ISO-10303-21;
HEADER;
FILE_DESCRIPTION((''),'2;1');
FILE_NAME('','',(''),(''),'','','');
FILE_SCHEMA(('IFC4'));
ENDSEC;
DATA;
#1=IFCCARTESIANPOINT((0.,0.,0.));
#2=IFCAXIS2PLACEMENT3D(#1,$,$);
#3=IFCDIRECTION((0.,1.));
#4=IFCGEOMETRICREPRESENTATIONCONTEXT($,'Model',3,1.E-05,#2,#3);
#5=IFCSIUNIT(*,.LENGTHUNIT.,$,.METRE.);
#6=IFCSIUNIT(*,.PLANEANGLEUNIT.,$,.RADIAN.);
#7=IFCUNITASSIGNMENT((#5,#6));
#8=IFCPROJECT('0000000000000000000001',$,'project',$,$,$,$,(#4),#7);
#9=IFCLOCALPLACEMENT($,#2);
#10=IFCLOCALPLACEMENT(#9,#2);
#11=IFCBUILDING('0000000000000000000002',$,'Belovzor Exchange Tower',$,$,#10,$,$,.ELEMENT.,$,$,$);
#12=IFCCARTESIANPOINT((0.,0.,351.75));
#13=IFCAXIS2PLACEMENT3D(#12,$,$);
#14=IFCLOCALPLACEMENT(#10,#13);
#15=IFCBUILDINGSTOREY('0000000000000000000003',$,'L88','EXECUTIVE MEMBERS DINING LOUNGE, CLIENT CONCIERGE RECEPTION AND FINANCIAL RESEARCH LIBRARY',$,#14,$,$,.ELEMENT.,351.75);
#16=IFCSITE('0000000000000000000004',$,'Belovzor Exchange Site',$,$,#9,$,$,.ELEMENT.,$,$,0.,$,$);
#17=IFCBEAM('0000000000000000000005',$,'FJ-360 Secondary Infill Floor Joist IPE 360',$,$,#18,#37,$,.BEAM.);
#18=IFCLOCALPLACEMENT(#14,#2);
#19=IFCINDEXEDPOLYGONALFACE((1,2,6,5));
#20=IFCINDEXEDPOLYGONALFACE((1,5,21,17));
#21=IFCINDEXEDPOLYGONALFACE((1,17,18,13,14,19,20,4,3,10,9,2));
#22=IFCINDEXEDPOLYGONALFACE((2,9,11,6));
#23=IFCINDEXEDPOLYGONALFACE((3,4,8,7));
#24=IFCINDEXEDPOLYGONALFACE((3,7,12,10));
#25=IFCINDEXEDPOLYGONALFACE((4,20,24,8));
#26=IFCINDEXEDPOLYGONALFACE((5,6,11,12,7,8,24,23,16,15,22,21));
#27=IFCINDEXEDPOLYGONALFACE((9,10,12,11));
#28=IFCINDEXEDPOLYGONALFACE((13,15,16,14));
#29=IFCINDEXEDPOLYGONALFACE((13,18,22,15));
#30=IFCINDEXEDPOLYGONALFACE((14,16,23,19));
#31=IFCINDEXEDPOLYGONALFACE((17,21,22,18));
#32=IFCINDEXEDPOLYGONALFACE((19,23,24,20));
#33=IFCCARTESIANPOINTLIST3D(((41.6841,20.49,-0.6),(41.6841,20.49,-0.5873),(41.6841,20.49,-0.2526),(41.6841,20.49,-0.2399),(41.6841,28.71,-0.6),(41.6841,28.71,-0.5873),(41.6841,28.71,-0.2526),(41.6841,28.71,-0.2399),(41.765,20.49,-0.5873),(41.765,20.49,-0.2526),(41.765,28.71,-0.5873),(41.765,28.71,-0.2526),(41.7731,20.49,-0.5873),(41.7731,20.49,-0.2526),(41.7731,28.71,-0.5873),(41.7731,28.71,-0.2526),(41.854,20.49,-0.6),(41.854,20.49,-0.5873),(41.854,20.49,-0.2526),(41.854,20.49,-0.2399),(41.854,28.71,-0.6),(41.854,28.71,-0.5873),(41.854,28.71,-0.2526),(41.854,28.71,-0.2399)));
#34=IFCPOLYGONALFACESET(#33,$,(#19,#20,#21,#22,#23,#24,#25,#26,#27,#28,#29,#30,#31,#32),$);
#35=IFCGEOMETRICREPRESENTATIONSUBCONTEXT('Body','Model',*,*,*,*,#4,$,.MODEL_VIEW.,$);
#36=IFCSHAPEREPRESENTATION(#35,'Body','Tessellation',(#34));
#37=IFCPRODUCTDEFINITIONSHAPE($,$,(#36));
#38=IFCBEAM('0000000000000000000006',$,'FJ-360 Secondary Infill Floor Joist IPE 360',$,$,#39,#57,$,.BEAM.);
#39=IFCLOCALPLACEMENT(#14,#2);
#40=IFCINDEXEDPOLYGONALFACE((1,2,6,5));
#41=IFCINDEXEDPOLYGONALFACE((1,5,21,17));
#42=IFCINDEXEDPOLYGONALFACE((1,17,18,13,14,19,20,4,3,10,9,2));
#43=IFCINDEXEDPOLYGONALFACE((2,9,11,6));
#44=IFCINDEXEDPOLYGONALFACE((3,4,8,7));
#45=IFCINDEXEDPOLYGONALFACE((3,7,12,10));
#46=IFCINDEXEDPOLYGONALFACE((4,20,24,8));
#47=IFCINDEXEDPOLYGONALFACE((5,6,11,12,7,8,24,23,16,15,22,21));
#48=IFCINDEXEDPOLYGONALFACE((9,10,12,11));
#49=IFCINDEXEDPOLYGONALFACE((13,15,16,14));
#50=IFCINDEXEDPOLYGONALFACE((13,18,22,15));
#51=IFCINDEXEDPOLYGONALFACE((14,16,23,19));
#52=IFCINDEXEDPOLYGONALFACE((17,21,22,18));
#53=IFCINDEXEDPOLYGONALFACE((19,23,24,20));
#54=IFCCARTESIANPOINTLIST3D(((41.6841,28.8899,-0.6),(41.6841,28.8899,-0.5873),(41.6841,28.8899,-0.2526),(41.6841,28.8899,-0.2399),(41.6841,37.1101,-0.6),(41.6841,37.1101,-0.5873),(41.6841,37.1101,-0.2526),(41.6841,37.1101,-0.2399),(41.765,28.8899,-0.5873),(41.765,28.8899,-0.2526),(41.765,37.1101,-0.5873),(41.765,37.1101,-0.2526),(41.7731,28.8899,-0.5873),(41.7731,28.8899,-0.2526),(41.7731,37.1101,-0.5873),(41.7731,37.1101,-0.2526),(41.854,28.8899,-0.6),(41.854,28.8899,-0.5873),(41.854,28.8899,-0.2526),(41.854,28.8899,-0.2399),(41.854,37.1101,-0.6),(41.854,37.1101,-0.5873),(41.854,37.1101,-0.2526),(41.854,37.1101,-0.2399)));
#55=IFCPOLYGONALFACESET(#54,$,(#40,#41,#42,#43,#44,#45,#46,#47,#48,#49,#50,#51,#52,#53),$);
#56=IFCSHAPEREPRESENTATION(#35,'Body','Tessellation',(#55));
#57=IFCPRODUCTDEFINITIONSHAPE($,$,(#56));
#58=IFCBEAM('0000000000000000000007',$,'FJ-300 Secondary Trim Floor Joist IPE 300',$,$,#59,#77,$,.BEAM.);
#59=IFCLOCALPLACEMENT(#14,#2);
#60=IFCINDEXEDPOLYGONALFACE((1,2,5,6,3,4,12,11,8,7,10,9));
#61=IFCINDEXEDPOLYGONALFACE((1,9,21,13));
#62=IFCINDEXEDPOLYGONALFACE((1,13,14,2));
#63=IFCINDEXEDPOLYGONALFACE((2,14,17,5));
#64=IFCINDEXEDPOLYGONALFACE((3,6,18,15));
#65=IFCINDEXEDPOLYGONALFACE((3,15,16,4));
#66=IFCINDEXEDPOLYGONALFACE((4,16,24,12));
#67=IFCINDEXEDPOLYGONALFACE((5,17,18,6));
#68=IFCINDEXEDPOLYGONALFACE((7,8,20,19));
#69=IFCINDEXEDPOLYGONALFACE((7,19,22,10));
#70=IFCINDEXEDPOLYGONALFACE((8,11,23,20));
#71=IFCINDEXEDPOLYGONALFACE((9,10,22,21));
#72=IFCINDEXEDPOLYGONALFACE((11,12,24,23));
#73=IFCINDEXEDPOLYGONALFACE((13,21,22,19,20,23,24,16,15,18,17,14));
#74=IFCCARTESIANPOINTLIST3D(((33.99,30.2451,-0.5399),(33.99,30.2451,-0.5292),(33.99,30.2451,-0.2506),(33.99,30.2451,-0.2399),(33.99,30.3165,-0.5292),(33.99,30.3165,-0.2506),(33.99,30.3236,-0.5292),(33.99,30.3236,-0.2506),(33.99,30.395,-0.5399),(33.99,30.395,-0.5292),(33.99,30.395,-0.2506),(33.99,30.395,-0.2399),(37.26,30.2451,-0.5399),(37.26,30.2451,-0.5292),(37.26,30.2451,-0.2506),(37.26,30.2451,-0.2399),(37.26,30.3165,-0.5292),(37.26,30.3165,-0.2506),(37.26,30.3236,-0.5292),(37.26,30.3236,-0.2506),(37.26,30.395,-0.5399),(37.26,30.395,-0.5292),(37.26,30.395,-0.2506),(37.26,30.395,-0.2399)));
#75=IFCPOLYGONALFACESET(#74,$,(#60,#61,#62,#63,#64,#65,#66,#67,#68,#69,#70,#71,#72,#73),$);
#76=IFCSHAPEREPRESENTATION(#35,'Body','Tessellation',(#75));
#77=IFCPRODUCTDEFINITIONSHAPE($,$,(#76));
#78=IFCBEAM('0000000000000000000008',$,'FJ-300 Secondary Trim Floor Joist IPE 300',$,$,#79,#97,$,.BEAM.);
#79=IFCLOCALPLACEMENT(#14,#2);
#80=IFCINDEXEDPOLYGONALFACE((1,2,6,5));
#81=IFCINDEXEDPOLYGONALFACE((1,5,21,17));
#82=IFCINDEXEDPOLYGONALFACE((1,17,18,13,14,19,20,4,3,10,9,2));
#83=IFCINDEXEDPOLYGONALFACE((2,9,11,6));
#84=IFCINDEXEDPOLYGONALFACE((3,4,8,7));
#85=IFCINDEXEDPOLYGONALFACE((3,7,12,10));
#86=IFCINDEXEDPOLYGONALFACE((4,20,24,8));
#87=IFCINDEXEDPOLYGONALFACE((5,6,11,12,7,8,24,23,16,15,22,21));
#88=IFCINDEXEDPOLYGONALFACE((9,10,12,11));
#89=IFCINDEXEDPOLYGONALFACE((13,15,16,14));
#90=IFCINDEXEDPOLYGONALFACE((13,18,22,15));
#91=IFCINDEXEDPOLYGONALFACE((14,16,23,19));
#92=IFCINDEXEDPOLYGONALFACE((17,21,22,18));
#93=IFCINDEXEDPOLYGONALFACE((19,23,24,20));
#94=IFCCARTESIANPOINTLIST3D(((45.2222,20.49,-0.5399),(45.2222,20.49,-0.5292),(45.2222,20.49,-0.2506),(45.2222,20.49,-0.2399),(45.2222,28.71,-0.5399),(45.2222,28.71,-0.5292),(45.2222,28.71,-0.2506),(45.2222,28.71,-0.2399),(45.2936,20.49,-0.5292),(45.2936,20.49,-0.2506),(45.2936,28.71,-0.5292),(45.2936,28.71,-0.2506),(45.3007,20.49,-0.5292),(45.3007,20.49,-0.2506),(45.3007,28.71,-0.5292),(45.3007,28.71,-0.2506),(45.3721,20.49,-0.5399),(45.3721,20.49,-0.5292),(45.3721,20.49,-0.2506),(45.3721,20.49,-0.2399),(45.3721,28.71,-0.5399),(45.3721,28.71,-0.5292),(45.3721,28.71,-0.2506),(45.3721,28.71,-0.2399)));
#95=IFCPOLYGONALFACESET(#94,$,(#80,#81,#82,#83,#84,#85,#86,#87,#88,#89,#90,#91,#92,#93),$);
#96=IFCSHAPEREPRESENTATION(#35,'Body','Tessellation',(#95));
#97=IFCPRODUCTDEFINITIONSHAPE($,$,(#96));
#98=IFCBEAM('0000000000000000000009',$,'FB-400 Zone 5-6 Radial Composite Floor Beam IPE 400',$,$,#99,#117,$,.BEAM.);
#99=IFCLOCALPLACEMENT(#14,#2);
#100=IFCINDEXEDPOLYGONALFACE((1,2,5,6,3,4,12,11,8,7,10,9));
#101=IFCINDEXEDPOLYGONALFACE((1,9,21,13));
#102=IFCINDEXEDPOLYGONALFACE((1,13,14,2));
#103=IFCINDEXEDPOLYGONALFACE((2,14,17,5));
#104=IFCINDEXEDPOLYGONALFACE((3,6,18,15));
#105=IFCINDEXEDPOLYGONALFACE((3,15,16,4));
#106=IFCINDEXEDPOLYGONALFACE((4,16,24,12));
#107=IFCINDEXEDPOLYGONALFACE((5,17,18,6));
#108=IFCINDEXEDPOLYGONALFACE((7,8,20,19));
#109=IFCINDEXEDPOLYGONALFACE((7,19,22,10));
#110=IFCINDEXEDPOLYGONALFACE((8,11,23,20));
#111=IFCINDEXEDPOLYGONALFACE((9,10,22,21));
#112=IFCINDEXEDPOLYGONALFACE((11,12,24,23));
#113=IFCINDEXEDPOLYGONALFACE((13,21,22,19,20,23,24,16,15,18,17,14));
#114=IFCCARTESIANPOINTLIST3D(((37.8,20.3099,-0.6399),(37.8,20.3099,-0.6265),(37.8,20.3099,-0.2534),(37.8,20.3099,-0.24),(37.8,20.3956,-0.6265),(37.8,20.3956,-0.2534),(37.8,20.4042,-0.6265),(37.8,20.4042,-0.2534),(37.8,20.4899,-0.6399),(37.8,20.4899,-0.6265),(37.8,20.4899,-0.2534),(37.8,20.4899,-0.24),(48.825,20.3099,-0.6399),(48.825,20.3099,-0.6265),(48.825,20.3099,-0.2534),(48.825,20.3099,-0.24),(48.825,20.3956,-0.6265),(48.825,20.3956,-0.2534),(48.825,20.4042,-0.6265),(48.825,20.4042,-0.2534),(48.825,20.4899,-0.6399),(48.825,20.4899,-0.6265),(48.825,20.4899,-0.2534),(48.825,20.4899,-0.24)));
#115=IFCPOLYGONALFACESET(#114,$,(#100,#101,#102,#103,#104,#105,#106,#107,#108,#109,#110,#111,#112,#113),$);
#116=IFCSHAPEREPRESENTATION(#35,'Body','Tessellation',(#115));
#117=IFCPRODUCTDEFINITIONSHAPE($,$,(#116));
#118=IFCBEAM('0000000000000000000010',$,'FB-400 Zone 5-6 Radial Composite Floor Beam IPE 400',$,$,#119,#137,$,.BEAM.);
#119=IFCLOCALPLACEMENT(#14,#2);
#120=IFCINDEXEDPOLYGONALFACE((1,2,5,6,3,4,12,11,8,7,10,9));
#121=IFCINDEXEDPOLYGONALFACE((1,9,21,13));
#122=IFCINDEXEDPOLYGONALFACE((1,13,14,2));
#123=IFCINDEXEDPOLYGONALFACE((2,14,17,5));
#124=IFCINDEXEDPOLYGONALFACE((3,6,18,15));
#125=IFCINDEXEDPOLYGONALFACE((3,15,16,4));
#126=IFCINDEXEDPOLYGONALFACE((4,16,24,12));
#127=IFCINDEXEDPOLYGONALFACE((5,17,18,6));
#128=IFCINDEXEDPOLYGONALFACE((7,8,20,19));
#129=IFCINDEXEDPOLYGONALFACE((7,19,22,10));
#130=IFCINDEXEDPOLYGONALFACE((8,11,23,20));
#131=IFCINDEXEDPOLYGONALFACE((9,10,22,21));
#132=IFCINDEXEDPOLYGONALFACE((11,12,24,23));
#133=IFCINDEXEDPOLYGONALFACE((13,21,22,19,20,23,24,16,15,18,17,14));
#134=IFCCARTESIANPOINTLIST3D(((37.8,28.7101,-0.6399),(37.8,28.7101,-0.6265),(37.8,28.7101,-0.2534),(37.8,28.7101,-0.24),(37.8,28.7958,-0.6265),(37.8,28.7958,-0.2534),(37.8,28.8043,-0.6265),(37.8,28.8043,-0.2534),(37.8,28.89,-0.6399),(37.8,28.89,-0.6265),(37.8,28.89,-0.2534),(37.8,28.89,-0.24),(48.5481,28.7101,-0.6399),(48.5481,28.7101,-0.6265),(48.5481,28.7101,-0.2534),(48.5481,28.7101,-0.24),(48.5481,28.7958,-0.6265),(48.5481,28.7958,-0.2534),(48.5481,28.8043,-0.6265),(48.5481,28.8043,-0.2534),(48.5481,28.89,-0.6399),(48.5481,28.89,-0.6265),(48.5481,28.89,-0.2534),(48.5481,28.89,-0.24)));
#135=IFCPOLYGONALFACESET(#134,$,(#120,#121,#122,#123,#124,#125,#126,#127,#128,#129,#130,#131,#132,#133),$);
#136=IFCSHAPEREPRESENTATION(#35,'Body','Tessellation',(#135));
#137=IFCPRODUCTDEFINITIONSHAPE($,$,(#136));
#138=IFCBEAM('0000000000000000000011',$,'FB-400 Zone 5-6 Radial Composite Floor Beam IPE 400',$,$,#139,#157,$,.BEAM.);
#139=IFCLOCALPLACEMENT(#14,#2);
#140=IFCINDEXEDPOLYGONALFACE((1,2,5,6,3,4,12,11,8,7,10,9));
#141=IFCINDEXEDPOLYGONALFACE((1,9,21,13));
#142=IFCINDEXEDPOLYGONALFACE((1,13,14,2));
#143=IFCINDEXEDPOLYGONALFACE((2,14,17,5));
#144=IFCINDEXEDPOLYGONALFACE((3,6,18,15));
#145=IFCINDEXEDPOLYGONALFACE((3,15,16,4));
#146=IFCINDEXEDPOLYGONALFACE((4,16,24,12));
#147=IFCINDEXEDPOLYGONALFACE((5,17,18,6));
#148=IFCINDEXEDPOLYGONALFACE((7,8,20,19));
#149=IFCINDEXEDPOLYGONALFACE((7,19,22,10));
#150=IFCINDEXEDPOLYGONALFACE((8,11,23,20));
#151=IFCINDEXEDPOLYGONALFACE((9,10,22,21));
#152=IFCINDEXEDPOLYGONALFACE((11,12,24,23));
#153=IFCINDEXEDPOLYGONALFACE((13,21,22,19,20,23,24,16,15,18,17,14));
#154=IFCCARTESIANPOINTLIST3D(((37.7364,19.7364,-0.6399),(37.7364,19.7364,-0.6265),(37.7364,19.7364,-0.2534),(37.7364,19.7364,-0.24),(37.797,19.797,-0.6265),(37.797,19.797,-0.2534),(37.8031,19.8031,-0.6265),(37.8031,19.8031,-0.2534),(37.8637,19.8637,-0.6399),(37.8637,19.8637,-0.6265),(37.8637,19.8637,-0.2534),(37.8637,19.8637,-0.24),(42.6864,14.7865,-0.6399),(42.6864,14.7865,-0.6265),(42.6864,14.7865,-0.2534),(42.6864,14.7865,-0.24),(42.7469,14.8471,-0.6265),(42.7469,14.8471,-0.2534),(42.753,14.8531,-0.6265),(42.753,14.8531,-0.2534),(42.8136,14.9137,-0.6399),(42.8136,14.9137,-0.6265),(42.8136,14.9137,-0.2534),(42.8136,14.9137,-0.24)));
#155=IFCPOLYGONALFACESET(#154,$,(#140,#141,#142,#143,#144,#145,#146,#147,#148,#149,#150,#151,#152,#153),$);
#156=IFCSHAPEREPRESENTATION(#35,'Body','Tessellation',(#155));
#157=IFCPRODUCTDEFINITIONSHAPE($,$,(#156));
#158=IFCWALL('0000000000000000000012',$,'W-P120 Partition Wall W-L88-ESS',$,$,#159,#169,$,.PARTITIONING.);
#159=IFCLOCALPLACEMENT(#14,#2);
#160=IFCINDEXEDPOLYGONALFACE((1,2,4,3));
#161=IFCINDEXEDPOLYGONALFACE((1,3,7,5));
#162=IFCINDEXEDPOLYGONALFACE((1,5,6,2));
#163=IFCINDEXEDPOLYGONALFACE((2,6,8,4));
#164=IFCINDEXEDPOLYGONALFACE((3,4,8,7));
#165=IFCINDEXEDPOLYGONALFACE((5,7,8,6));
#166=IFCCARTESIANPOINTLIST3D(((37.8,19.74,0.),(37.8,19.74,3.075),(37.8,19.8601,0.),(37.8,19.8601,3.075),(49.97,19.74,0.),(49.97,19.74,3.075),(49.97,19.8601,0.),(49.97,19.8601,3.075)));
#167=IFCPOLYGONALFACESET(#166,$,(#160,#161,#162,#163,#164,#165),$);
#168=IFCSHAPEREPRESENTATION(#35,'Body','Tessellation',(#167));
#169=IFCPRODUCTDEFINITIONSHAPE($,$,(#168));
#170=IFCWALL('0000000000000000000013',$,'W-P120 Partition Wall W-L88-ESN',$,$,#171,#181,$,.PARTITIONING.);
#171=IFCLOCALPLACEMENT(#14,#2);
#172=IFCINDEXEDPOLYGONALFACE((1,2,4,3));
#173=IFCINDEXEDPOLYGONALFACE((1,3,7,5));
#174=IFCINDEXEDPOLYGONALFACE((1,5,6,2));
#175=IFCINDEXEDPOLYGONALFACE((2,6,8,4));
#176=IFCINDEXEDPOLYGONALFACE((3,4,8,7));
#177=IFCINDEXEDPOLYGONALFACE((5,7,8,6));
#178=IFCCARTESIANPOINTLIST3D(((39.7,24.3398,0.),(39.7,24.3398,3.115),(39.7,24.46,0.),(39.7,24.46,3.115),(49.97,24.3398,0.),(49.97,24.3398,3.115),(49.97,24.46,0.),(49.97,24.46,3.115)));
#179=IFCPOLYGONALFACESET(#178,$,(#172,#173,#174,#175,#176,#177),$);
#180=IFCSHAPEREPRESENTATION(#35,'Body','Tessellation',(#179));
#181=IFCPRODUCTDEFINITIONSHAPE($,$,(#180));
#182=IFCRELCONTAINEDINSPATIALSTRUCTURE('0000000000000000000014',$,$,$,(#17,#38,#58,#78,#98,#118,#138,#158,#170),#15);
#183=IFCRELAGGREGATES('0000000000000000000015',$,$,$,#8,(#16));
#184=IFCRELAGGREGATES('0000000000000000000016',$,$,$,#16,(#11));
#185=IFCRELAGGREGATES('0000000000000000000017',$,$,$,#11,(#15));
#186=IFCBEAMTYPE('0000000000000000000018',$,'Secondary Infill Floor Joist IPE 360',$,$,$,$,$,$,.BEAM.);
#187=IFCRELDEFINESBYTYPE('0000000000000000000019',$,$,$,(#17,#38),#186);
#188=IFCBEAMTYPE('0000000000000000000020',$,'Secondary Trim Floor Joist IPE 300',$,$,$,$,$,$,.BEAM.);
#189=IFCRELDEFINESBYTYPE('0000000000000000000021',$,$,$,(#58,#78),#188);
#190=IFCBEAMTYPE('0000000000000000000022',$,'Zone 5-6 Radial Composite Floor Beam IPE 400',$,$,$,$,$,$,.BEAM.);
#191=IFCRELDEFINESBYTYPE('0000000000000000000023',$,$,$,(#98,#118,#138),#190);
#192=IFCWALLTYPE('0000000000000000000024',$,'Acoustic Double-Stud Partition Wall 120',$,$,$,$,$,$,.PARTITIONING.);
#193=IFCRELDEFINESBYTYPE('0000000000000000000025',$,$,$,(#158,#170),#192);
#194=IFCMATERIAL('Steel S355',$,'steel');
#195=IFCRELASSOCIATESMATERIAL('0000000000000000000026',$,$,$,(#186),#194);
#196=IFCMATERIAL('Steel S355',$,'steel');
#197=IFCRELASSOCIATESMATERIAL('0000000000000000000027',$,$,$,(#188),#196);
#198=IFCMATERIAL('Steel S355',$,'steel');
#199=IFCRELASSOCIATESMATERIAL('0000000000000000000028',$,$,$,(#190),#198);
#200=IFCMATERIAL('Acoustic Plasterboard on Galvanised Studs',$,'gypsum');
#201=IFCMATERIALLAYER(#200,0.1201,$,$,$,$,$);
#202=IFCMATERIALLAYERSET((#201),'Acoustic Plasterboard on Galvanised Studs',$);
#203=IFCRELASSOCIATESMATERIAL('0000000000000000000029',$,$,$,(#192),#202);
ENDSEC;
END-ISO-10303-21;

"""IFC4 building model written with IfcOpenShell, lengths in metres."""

from ifc_helpers import new_model, si_unit, direction, frame, frame_2d, origin, origin_2d, place, context, subcontext, project, spatial, rectangle, i_section, extrude, material, layer, layer_set, material_profile, profile_set, type_object, element, save


model = new_model("IFC4")

# Units and contexts
model_context = context("Model", 3, precision=1e-05, world=origin(), true_north=direction((0.0, 1.0)))
body_context = subcontext(model_context, "Body", "Model", "MODEL_VIEW")
ifc_project = project(units=[si_unit("LENGTHUNIT", "METRE"), si_unit("PLANEANGLEUNIT", "RADIAN")], contexts=[model_context])

# Site, building, storey
site_placement = place(None, origin())
site = spatial("IfcSite", under=ifc_project, at=site_placement, Name="Belovzor Exchange Site", CompositionType="ELEMENT", RefElevation=0.0)
building_placement = place(site_placement, origin())
building = spatial("IfcBuilding", under=site, at=building_placement, Name="Belovzor Exchange Tower", CompositionType="ELEMENT")
storey_placement = place(building_placement, frame((0.0, 0.0, 351.75)))
storey = spatial("IfcBuildingStorey", under=building, at=storey_placement, Name="L88", Description="EXECUTIVE MEMBERS DINING LOUNGE, CLIENT CONCIERGE RECEPTION AND FINANCIAL RESEARCH LIBRARY", CompositionType="ELEMENT", Elevation=351.75)

# Beams
ifc_material_1 = material(Name="Steel S355", Category="steel")
ifc_material_profile_1 = material_profile(ifc_material_1, i_section(OverallWidth=0.1699, OverallDepth=0.3601, WebThickness=0.0081, FlangeThickness=0.0127, at=origin_2d()))
ifc_profile_set_1 = profile_set([ifc_material_profile_1], Name="Steel S355")
beam_type_1 = type_object("IfcBeamType", Name="Secondary Infill Floor Joist IPE 360", PredefinedType="BEAM", material=ifc_profile_set_1)
beam_1_placement = place(storey_placement, frame((41.769, 20.49, -0.4199), z_axis=(0.0, 1.0, 0.0), x_axis=(-1.0, 0.0, 0.0)))
element("IfcBeam", 1, at=beam_1_placement, inside=storey, type_object=beam_type_1, Name="FJ-360 Secondary Infill Floor Joist IPE 360", PredefinedType="BEAM", context=body_context, shape_type="SweptSolid", body=[
    extrude(i_section(OverallWidth=0.1699, OverallDepth=0.3601, WebThickness=0.0081, FlangeThickness=0.0127, at=origin_2d()), origin(), (0.0, 0.0, 1.0), 8.22),
])
beam_2_placement = place(storey_placement, frame((41.769, 28.8899, -0.4199), z_axis=(0.0, 1.0, 0.0), x_axis=(-1.0, 0.0, 0.0)))
element("IfcBeam", 2, at=beam_2_placement, inside=storey, type_object=beam_type_1, Name="FJ-360 Secondary Infill Floor Joist IPE 360", PredefinedType="BEAM", context=body_context, shape_type="SweptSolid", body=[
    extrude(i_section(OverallWidth=0.1699, OverallDepth=0.3601, WebThickness=0.0081, FlangeThickness=0.0127, at=origin_2d()), origin(), (0.0, 0.0, 1.0), 8.2202),
])
ifc_material_2 = material(Name="Steel S355", Category="steel")
ifc_material_profile_2 = material_profile(ifc_material_2, i_section(OverallWidth=0.1499, OverallDepth=0.3, WebThickness=0.0071, FlangeThickness=0.0107, at=origin_2d()))
ifc_profile_set_2 = profile_set([ifc_material_profile_2], Name="Steel S355")
beam_type_2 = type_object("IfcBeamType", Name="Secondary Trim Floor Joist IPE 300", PredefinedType="BEAM", material=ifc_profile_set_2)
beam_3_placement = place(storey_placement, frame((37.26, 30.3201, -0.3899), z_axis=(-1.0, 0.0, 0.0), x_axis=(0.0, -1.0, 0.0)))
element("IfcBeam", 3, at=beam_3_placement, inside=storey, type_object=beam_type_2, Name="FJ-300 Secondary Trim Floor Joist IPE 300", PredefinedType="BEAM", context=body_context, shape_type="SweptSolid", body=[
    extrude(i_section(OverallWidth=0.1499, OverallDepth=0.3, WebThickness=0.0071, FlangeThickness=0.0107, at=origin_2d()), origin(), (0.0, 0.0, 1.0), 3.27),
])
beam_4_placement = place(storey_placement, frame((45.2971, 20.49, -0.3899), z_axis=(0.0, 1.0, 0.0), x_axis=(-1.0, 0.0, 0.0)))
element("IfcBeam", 4, at=beam_4_placement, inside=storey, type_object=beam_type_2, Name="FJ-300 Secondary Trim Floor Joist IPE 300", PredefinedType="BEAM", context=body_context, shape_type="SweptSolid", body=[
    extrude(i_section(OverallWidth=0.1499, OverallDepth=0.3, WebThickness=0.0071, FlangeThickness=0.0107, at=origin_2d()), origin(), (0.0, 0.0, 1.0), 8.22),
])
ifc_material_3 = material(Name="Steel S355", Category="steel")
ifc_material_profile_3 = material_profile(ifc_material_3, i_section(OverallWidth=0.1799, OverallDepth=0.3999, WebThickness=0.0085, FlangeThickness=0.0134, at=origin_2d()))
ifc_profile_set_3 = profile_set([ifc_material_profile_3], Name="Steel S355")
beam_type_3 = type_object("IfcBeamType", Name="Zone 5-6 Radial Composite Floor Beam IPE 400", PredefinedType="BEAM", material=ifc_profile_set_3)
beam_5_placement = place(storey_placement, frame((37.8, 20.3999, -0.4399), z_axis=(1.0, 0.0, 0.0), x_axis=(0.0, 1.0, 0.0)))
element("IfcBeam", 5, at=beam_5_placement, inside=storey, type_object=beam_type_3, Name="FB-400 Zone 5-6 Radial Composite Floor Beam IPE 400", PredefinedType="BEAM", context=body_context, shape_type="SweptSolid", body=[
    extrude(i_section(OverallWidth=0.1799, OverallDepth=0.3999, WebThickness=0.0085, FlangeThickness=0.0134, at=origin_2d()), origin(), (0.0, 0.0, 1.0), 11.0249),
])
beam_6_placement = place(storey_placement, frame((37.8, 28.8, -0.4399), z_axis=(1.0, 0.0, 0.0), x_axis=(0.0, 1.0, 0.0)))
element("IfcBeam", 6, at=beam_6_placement, inside=storey, type_object=beam_type_3, Name="FB-400 Zone 5-6 Radial Composite Floor Beam IPE 400", PredefinedType="BEAM", context=body_context, shape_type="SweptSolid", body=[
    extrude(i_section(OverallWidth=0.1799, OverallDepth=0.3999, WebThickness=0.0085, FlangeThickness=0.0134, at=origin_2d()), origin(), (0.0, 0.0, 1.0), 10.748),
])
beam_7_placement = place(storey_placement, frame((37.8, 19.8, -0.4399), z_axis=(0.707107, -0.707107, 0.0), x_axis=(0.707107, 0.707107, 0.0)))
element("IfcBeam", 7, at=beam_7_placement, inside=storey, type_object=beam_type_3, Name="FB-400 Zone 5-6 Radial Composite Floor Beam IPE 400", PredefinedType="BEAM", context=body_context, shape_type="SweptSolid", body=[
    extrude(i_section(OverallWidth=0.1799, OverallDepth=0.3999, WebThickness=0.0085, FlangeThickness=0.0134, at=origin_2d()), origin(), (0.0, 0.0, 1.0), 7.0002),
])

# Walls
ifc_material_4 = material(Name="Acoustic Plasterboard on Galvanised Studs", Category="gypsum")
ifc_layer_1 = layer(ifc_material_4, 0.1201)
ifc_layer_set_1 = layer_set([ifc_layer_1], Name="Acoustic Plasterboard on Galvanised Studs")
wall_type_1 = type_object("IfcWallType", Name="Acoustic Double-Stud Partition Wall 120", PredefinedType="PARTITIONING", material=ifc_layer_set_1)
wall_1_placement = place(storey_placement, frame((37.8, 19.8, 0.0), z_axis=(0.0, 0.0, 1.0), x_axis=(1.0, 0.0, 0.0)))
element("IfcWall", 8, at=wall_1_placement, inside=storey, type_object=wall_type_1, Name="W-P120 Partition Wall W-L88-ESS", PredefinedType="PARTITIONING", context=body_context, shape_type="SweptSolid", body=[
    extrude(rectangle(XDim=12.1699, YDim=0.1201, at=frame_2d((6.085, 0.0))), origin(), (0.0, 0.0, 1.0), 3.075),
])
wall_2_placement = place(storey_placement, frame((39.7, 24.3999, 0.0), z_axis=(0.0, 0.0, 1.0), x_axis=(1.0, 0.0, 0.0)))
element("IfcWall", 9, at=wall_2_placement, inside=storey, type_object=wall_type_1, Name="W-P120 Partition Wall W-L88-ESN", PredefinedType="PARTITIONING", context=body_context, shape_type="SweptSolid", body=[
    extrude(rectangle(XDim=10.27, YDim=0.1201, at=frame_2d((5.135, 0.0))), origin(), (0.0, 0.0, 1.0), 3.115),
])

save(model, "model.ifc")
